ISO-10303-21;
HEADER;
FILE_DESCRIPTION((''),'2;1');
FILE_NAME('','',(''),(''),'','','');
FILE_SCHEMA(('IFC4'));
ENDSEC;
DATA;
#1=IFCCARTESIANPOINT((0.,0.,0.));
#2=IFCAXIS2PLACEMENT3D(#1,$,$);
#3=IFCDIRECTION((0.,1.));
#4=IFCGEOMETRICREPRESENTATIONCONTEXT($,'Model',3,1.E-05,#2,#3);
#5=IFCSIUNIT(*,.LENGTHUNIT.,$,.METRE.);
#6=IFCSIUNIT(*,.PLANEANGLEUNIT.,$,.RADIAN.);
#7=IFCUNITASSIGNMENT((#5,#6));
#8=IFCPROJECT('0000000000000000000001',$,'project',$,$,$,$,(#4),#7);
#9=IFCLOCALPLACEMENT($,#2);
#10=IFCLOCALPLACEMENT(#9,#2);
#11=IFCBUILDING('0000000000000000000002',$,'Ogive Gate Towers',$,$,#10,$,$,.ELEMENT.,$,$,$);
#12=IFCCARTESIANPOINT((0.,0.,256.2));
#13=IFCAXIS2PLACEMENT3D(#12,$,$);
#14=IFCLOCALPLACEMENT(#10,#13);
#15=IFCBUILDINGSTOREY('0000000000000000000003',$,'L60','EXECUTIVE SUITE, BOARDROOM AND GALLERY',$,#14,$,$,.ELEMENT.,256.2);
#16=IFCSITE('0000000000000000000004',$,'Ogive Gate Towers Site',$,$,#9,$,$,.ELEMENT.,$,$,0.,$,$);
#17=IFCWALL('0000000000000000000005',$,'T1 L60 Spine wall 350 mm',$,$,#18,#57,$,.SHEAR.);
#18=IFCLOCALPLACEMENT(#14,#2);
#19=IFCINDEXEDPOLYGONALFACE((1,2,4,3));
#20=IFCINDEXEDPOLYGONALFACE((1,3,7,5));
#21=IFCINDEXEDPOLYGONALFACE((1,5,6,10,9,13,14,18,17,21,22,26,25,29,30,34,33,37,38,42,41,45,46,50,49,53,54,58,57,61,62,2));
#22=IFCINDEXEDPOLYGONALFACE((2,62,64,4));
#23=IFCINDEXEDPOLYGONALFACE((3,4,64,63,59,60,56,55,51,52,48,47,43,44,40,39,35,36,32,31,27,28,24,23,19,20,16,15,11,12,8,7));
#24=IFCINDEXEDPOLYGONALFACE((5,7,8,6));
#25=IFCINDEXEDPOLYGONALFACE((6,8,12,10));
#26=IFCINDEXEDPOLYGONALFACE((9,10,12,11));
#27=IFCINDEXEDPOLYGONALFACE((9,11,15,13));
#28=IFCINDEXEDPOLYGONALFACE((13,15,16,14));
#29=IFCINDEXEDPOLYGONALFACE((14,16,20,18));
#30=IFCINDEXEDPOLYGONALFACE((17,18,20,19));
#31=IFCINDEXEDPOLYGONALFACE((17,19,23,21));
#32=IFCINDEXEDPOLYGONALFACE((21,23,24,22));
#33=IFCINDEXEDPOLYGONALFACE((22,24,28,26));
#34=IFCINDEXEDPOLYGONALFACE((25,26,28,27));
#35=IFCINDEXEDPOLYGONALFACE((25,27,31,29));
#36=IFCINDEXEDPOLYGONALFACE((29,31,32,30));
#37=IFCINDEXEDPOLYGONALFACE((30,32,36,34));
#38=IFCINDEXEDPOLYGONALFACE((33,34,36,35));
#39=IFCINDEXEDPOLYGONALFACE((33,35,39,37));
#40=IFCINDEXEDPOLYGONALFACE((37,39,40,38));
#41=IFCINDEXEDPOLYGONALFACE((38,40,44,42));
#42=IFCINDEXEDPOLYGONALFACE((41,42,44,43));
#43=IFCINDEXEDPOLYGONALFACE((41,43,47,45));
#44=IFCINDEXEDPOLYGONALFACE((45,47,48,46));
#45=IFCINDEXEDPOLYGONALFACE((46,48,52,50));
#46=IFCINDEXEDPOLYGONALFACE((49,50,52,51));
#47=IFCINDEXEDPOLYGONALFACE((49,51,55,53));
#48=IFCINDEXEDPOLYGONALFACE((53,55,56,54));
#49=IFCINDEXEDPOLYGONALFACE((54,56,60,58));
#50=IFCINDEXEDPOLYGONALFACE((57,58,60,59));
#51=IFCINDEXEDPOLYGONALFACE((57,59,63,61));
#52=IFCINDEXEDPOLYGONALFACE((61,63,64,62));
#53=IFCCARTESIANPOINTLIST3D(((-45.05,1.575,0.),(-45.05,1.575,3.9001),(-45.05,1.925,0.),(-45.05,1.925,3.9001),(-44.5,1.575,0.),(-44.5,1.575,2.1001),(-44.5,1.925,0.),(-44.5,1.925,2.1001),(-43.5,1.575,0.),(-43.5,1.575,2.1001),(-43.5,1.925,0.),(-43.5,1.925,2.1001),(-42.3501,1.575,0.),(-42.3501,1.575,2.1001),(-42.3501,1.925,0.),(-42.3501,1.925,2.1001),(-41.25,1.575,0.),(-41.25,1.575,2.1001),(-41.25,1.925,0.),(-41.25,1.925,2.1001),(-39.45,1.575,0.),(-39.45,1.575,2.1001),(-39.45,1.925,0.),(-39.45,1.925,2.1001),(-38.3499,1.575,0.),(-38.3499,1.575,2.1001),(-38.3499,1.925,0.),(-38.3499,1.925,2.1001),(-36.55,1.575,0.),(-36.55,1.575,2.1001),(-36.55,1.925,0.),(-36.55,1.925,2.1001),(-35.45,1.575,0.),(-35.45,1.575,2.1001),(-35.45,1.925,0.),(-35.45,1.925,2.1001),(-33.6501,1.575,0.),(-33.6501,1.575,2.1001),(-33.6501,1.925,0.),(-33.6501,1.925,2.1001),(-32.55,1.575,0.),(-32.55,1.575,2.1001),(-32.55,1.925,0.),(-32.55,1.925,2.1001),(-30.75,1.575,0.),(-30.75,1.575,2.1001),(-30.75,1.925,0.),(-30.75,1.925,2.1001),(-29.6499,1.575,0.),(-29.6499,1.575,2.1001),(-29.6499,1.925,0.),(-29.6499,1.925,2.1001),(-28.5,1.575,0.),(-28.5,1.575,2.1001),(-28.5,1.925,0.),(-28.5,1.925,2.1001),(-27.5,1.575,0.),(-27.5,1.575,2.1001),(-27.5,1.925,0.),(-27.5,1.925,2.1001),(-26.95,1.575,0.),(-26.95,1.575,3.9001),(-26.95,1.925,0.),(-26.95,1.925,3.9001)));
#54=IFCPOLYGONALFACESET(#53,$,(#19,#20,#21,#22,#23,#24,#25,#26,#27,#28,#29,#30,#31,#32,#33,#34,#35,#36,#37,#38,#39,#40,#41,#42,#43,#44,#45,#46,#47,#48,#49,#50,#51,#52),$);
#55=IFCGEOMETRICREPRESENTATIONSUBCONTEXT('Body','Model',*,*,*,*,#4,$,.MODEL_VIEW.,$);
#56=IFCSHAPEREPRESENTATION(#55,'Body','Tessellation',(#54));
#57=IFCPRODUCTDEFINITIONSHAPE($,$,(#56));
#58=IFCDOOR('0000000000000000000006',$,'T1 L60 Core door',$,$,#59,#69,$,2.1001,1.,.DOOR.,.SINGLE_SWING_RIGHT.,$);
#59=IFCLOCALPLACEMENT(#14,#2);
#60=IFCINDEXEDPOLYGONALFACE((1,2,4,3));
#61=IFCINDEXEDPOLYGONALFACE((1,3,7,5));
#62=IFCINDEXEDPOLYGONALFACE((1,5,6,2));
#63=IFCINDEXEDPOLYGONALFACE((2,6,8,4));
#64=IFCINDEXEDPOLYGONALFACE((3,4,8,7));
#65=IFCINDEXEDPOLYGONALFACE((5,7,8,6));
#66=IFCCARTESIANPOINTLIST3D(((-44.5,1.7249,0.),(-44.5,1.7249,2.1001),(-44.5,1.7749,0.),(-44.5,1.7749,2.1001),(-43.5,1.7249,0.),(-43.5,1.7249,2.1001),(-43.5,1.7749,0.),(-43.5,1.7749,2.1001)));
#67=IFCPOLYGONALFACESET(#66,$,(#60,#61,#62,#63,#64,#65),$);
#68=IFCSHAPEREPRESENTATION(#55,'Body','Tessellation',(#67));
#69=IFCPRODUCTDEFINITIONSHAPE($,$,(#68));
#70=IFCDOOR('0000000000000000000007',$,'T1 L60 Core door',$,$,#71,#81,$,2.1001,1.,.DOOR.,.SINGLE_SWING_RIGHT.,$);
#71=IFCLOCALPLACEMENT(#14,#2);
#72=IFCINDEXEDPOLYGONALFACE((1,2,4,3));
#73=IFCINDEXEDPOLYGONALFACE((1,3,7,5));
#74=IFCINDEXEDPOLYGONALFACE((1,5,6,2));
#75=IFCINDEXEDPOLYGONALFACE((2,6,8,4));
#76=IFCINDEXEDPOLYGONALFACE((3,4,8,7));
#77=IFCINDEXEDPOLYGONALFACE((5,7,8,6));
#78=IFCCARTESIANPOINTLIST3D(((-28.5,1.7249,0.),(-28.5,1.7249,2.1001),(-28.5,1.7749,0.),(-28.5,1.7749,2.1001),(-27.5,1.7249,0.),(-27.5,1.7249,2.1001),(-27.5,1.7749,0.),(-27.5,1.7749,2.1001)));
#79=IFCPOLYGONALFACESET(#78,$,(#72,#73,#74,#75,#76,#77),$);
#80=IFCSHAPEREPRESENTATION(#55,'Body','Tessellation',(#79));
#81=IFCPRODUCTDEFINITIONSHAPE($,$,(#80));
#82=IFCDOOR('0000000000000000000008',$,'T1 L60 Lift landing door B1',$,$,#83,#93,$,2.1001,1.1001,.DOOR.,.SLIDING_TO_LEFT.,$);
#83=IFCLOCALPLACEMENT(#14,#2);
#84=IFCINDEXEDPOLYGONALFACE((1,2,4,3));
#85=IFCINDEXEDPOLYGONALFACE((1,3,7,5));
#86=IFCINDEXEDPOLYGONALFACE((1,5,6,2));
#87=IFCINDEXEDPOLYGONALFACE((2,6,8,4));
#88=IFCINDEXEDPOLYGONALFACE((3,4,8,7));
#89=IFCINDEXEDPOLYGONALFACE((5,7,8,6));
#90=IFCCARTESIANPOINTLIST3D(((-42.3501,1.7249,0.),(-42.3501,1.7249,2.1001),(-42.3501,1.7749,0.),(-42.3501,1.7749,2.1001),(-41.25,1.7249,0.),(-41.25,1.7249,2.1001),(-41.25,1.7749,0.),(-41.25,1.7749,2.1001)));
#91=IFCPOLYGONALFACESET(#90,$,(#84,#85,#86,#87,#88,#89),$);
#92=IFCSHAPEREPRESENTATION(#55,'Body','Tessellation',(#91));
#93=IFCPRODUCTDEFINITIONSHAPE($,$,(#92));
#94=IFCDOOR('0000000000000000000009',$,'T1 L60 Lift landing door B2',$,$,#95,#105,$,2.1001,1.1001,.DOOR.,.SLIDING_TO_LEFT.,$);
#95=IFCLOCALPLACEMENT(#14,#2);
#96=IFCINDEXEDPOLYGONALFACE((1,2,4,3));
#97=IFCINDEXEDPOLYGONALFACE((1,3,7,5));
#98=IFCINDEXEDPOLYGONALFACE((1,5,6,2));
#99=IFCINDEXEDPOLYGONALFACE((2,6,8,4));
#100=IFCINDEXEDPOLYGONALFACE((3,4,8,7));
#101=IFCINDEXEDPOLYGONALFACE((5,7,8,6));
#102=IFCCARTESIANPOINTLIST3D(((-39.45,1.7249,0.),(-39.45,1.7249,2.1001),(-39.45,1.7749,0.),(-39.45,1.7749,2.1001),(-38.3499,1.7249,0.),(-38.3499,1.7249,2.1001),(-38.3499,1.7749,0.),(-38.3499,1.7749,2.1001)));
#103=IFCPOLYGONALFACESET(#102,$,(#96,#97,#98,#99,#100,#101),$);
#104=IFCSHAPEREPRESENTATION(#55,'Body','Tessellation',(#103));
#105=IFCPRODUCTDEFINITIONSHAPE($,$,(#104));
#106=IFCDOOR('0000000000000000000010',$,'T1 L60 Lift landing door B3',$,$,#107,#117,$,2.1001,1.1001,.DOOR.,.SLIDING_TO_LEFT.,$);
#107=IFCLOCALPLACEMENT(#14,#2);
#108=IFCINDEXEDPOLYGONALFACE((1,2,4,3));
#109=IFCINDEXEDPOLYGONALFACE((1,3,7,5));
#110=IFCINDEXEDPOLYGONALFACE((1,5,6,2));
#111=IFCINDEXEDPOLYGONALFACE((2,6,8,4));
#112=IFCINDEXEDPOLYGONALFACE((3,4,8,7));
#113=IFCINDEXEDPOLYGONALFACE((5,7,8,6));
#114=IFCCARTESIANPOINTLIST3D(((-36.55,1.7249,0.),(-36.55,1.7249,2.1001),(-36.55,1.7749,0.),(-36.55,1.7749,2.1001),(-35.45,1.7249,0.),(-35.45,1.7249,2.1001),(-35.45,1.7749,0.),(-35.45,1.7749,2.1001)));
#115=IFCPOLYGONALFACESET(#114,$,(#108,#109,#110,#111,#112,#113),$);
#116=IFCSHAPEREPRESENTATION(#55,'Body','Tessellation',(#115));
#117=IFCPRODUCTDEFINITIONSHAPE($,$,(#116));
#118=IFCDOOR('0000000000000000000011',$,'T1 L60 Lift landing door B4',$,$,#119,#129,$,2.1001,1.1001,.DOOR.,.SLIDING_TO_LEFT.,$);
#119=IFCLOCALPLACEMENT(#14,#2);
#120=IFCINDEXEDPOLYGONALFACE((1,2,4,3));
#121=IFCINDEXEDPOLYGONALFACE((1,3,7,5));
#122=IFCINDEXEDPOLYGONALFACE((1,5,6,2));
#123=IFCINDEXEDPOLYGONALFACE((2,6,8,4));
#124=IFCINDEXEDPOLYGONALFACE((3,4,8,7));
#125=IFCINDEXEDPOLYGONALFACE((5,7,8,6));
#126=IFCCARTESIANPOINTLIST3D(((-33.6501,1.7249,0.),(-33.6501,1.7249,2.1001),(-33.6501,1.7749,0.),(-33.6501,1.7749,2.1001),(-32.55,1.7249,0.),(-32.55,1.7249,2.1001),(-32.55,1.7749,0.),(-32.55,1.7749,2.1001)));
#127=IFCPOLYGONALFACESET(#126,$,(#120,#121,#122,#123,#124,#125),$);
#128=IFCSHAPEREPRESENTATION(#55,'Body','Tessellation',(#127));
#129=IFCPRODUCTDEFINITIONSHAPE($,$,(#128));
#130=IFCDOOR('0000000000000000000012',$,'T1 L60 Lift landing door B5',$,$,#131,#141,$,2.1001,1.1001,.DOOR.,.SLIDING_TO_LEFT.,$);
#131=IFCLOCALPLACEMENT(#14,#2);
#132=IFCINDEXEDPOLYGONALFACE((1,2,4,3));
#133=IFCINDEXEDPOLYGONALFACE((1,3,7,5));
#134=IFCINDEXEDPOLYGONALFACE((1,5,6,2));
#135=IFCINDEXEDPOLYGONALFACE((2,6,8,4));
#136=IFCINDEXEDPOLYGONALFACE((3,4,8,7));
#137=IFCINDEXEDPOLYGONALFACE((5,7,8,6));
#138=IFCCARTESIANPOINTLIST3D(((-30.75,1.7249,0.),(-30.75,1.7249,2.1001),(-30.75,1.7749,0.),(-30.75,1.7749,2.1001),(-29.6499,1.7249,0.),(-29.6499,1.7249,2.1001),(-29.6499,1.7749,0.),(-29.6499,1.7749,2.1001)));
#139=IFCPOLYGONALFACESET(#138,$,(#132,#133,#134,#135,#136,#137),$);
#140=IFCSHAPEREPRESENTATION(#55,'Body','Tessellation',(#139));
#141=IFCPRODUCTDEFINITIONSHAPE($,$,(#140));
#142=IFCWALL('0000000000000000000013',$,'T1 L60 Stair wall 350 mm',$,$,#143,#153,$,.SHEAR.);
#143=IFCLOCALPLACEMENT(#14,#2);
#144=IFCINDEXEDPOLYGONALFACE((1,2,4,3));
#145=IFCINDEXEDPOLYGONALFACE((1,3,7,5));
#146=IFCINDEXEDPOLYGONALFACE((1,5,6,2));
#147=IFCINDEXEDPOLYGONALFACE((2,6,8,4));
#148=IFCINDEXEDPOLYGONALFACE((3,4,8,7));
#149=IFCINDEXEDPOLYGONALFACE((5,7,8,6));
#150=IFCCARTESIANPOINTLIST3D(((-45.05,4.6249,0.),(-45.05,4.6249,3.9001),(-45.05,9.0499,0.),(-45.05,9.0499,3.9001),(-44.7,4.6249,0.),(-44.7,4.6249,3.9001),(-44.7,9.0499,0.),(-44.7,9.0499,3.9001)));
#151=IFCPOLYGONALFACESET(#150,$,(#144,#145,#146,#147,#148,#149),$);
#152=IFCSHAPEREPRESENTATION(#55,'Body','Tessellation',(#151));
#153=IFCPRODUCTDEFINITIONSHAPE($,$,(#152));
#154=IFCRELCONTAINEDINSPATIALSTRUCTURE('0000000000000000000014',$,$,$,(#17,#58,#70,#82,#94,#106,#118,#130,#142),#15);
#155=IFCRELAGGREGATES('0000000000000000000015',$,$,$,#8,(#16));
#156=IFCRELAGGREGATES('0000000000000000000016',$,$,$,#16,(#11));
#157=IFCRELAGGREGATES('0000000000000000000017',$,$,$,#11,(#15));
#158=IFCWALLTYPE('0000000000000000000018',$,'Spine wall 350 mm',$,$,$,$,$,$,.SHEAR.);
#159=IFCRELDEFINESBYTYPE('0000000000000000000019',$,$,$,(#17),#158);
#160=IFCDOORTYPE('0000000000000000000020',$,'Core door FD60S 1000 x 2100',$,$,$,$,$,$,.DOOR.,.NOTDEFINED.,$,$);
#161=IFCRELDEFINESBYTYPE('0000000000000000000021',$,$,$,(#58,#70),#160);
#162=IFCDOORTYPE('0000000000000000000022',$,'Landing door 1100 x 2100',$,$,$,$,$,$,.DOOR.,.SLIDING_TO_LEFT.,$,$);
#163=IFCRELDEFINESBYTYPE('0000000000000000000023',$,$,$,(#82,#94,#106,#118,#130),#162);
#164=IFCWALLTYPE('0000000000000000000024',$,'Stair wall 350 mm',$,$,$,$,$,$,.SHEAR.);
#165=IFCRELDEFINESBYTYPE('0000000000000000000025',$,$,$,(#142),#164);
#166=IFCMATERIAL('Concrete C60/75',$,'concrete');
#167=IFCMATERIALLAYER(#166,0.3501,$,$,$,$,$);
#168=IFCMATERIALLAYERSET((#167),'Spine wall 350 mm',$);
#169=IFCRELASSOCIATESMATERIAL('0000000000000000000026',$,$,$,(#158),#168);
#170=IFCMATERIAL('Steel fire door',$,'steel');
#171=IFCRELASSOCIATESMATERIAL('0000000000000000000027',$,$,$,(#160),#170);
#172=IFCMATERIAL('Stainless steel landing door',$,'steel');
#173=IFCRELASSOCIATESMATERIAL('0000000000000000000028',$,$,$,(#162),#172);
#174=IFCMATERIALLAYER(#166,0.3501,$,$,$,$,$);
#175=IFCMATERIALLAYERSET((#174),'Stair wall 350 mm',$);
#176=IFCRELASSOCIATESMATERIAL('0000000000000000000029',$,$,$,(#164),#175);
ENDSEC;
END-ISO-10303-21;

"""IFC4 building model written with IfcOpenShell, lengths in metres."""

from ifc_helpers import new_model, si_unit, direction, frame, frame_2d, origin, place, context, subcontext, project, spatial, rectangle, extrude, material, layer, layer_set, type_object, element, fill, save


model = new_model("IFC4")

# Units and contexts
model_context = context("Model", 3, precision=1e-05, world=origin(), true_north=direction((0.0, 1.0)))
body_context = subcontext(model_context, "Body", "Model", "MODEL_VIEW")
ifc_project = project(units=[si_unit("LENGTHUNIT", "METRE"), si_unit("PLANEANGLEUNIT", "RADIAN")], contexts=[model_context])

# Site, building, storey
site_placement = place(None, origin())
site = spatial("IfcSite", under=ifc_project, at=site_placement, Name="Ogive Gate Towers Site", CompositionType="ELEMENT", RefElevation=0.0)
building_placement = place(site_placement, origin())
building = spatial("IfcBuilding", under=site, at=building_placement, Name="Ogive Gate Towers", CompositionType="ELEMENT")
storey_placement = place(building_placement, frame((0.0, 0.0, 256.2)))
storey = spatial("IfcBuildingStorey", under=building, at=storey_placement, Name="L60", Description="EXECUTIVE SUITE, BOARDROOM AND GALLERY", CompositionType="ELEMENT", Elevation=256.2)

# Shared definitions
ifc_material_1 = material(Name="Concrete C60/75", Category="concrete")

# Shared definitions
ifc_material_2 = material(Name="Steel fire door", Category="steel")

# Wall, openings, doors
ifc_layer_1 = layer(ifc_material_1, 0.3501)
ifc_layer_set_1 = layer_set([ifc_layer_1], Name="Spine wall 350 mm")
wall_type_1 = type_object("IfcWallType", Name="Spine wall 350 mm", PredefinedType="SHEAR", material=ifc_layer_set_1)
wall_1_placement = place(storey_placement, frame((-45.05, 1.75, 0.0), z_axis=(0.0, 0.0, 1.0), x_axis=(1.0, 0.0, 0.0)))
wall_1 = element("IfcWall", 1, at=wall_1_placement, inside=storey, type_object=wall_type_1, Name="T1 L60 Spine wall 350 mm", PredefinedType="SHEAR", context=body_context, shape_type="SweptSolid", body=[
    extrude(rectangle(XDim=18.1001, YDim=0.3501, at=frame_2d((9.05, 0.0))), origin(), (0.0, 0.0, 1.0), 3.9001),
])
opening_1_placement = place(wall_1_placement, frame((0.55, 0.0, 0.0)))
opening_1 = element("IfcOpeningElement", 2, at=opening_1_placement, cuts=wall_1, PredefinedType="OPENING", context=body_context, shape_type="SweptSolid", body=[
    extrude(rectangle(XDim=1.0, YDim=2.1001, at=frame_2d((0.5, 1.05))), frame((0.0, 0.1851, 0.0), z_axis=(0.0, -1.0, 0.0), x_axis=(1.0, 0.0, 0.0)), (0.0, 0.0, 1.0), 0.3701),
])
opening_2_placement = place(wall_1_placement, frame((2.7, 0.0, 0.0)))
opening_2 = element("IfcOpeningElement", 3, at=opening_2_placement, cuts=wall_1, PredefinedType="OPENING", context=body_context, shape_type="SweptSolid", body=[
    extrude(rectangle(XDim=1.1001, YDim=2.1001, at=frame_2d((0.55, 1.05))), frame((0.0, 0.1851, 0.0), z_axis=(0.0, -1.0, 0.0), x_axis=(1.0, 0.0, 0.0)), (0.0, 0.0, 1.0), 0.3701),
])
opening_3_placement = place(wall_1_placement, frame((5.6001, 0.0, 0.0)))
opening_3 = element("IfcOpeningElement", 4, at=opening_3_placement, cuts=wall_1, PredefinedType="OPENING", context=body_context, shape_type="SweptSolid", body=[
    extrude(rectangle(XDim=1.1001, YDim=2.1001, at=frame_2d((0.55, 1.05))), frame((0.0, 0.1851, 0.0), z_axis=(0.0, -1.0, 0.0), x_axis=(1.0, 0.0, 0.0)), (0.0, 0.0, 1.0), 0.3701),
])
opening_4_placement = place(wall_1_placement, frame((8.5, 0.0, 0.0)))
opening_4 = element("IfcOpeningElement", 5, at=opening_4_placement, cuts=wall_1, PredefinedType="OPENING", context=body_context, shape_type="SweptSolid", body=[
    extrude(rectangle(XDim=1.1001, YDim=2.1001, at=frame_2d((0.55, 1.05))), frame((0.0, 0.1851, 0.0), z_axis=(0.0, -1.0, 0.0), x_axis=(1.0, 0.0, 0.0)), (0.0, 0.0, 1.0), 0.3701),
])
opening_5_placement = place(wall_1_placement, frame((11.3999, 0.0, 0.0)))
opening_5 = element("IfcOpeningElement", 6, at=opening_5_placement, cuts=wall_1, PredefinedType="OPENING", context=body_context, shape_type="SweptSolid", body=[
    extrude(rectangle(XDim=1.1001, YDim=2.1001, at=frame_2d((0.55, 1.05))), frame((0.0, 0.1851, 0.0), z_axis=(0.0, -1.0, 0.0), x_axis=(1.0, 0.0, 0.0)), (0.0, 0.0, 1.0), 0.3701),
])
opening_6_placement = place(wall_1_placement, frame((14.3, 0.0, 0.0)))
opening_6 = element("IfcOpeningElement", 7, at=opening_6_placement, cuts=wall_1, PredefinedType="OPENING", context=body_context, shape_type="SweptSolid", body=[
    extrude(rectangle(XDim=1.1001, YDim=2.1001, at=frame_2d((0.55, 1.05))), frame((0.0, 0.1851, 0.0), z_axis=(0.0, -1.0, 0.0), x_axis=(1.0, 0.0, 0.0)), (0.0, 0.0, 1.0), 0.3701),
])
opening_7_placement = place(wall_1_placement, frame((16.55, 0.0, 0.0)))
opening_7 = element("IfcOpeningElement", 8, at=opening_7_placement, cuts=wall_1, PredefinedType="OPENING", context=body_context, shape_type="SweptSolid", body=[
    extrude(rectangle(XDim=1.0, YDim=2.1001, at=frame_2d((0.5, 1.05))), frame((0.0, 0.1851, 0.0), z_axis=(0.0, -1.0, 0.0), x_axis=(1.0, 0.0, 0.0)), (0.0, 0.0, 1.0), 0.3701),
])
door_type_1 = type_object("IfcDoorType", Name="Core door FD60S 1000 x 2100", OperationType="NOTDEFINED", PredefinedType="DOOR", material=ifc_material_2)
door_1_placement = place(opening_1_placement, origin())
door_1 = element("IfcDoor", 9, at=door_1_placement, inside=storey, type_object=door_type_1, Name="T1 L60 Core door", OperationType="SINGLE_SWING_RIGHT", OverallHeight=2.1001, OverallWidth=1.0, PredefinedType="DOOR", context=body_context, shape_type="SweptSolid", body=[
    extrude(rectangle(XDim=1.0, YDim=2.1001, at=frame_2d((0.5, 1.05))), frame((0.0, 0.0249, 0.0), z_axis=(0.0, -1.0, 0.0), x_axis=(1.0, 0.0, 0.0)), (0.0, 0.0, 1.0), 0.05),
])
fill(opening_1, door_1)
door_2_placement = place(opening_7_placement, origin())
door_2 = element("IfcDoor", 10, at=door_2_placement, inside=storey, type_object=door_type_1, Name="T1 L60 Core door", OperationType="SINGLE_SWING_RIGHT", OverallHeight=2.1001, OverallWidth=1.0, PredefinedType="DOOR", context=body_context, shape_type="SweptSolid", body=[
    extrude(rectangle(XDim=1.0, YDim=2.1001, at=frame_2d((0.5, 1.05))), frame((0.0, 0.0249, 0.0), z_axis=(0.0, -1.0, 0.0), x_axis=(1.0, 0.0, 0.0)), (0.0, 0.0, 1.0), 0.05),
])
fill(opening_7, door_2)
ifc_material_3 = material(Name="Stainless steel landing door", Category="steel")
door_type_2 = type_object("IfcDoorType", Name="Landing door 1100 x 2100", OperationType="SLIDING_TO_LEFT", PredefinedType="DOOR", material=ifc_material_3)
door_3_placement = place(opening_2_placement, origin())
door_3 = element("IfcDoor", 11, at=door_3_placement, inside=storey, type_object=door_type_2, Name="T1 L60 Lift landing door B1", OperationType="SLIDING_TO_LEFT", OverallHeight=2.1001, OverallWidth=1.1001, PredefinedType="DOOR", context=body_context, shape_type="SweptSolid", body=[
    extrude(rectangle(XDim=1.1001, YDim=2.1001, at=frame_2d((0.55, 1.05))), frame((0.0, 0.0249, 0.0), z_axis=(0.0, -1.0, 0.0), x_axis=(1.0, 0.0, 0.0)), (0.0, 0.0, 1.0), 0.05),
])
fill(opening_2, door_3)
door_4_placement = place(opening_3_placement, origin())
door_4 = element("IfcDoor", 12, at=door_4_placement, inside=storey, type_object=door_type_2, Name="T1 L60 Lift landing door B2", OperationType="SLIDING_TO_LEFT", OverallHeight=2.1001, OverallWidth=1.1001, PredefinedType="DOOR", context=body_context, shape_type="SweptSolid", body=[
    extrude(rectangle(XDim=1.1001, YDim=2.1001, at=frame_2d((0.55, 1.05))), frame((0.0, 0.0249, 0.0), z_axis=(0.0, -1.0, 0.0), x_axis=(1.0, 0.0, 0.0)), (0.0, 0.0, 1.0), 0.05),
])
fill(opening_3, door_4)
door_5_placement = place(opening_4_placement, origin())
door_5 = element("IfcDoor", 13, at=door_5_placement, inside=storey, type_object=door_type_2, Name="T1 L60 Lift landing door B3", OperationType="SLIDING_TO_LEFT", OverallHeight=2.1001, OverallWidth=1.1001, PredefinedType="DOOR", context=body_context, shape_type="SweptSolid", body=[
    extrude(rectangle(XDim=1.1001, YDim=2.1001, at=frame_2d((0.55, 1.05))), frame((0.0, 0.0249, 0.0), z_axis=(0.0, -1.0, 0.0), x_axis=(1.0, 0.0, 0.0)), (0.0, 0.0, 1.0), 0.05),
])
fill(opening_4, door_5)
door_6_placement = place(opening_5_placement, origin())
door_6 = element("IfcDoor", 14, at=door_6_placement, inside=storey, type_object=door_type_2, Name="T1 L60 Lift landing door B4", OperationType="SLIDING_TO_LEFT", OverallHeight=2.1001, OverallWidth=1.1001, PredefinedType="DOOR", context=body_context, shape_type="SweptSolid", body=[
    extrude(rectangle(XDim=1.1001, YDim=2.1001, at=frame_2d((0.55, 1.05))), frame((0.0, 0.0249, 0.0), z_axis=(0.0, -1.0, 0.0), x_axis=(1.0, 0.0, 0.0)), (0.0, 0.0, 1.0), 0.05),
])
fill(opening_5, door_6)
door_7_placement = place(opening_6_placement, origin())
door_7 = element("IfcDoor", 15, at=door_7_placement, inside=storey, type_object=door_type_2, Name="T1 L60 Lift landing door B5", OperationType="SLIDING_TO_LEFT", OverallHeight=2.1001, OverallWidth=1.1001, PredefinedType="DOOR", context=body_context, shape_type="SweptSolid", body=[
    extrude(rectangle(XDim=1.1001, YDim=2.1001, at=frame_2d((0.55, 1.05))), frame((0.0, 0.0249, 0.0), z_axis=(0.0, -1.0, 0.0), x_axis=(1.0, 0.0, 0.0)), (0.0, 0.0, 1.0), 0.05),
])
fill(opening_6, door_7)

# Wall
ifc_layer_2 = layer(ifc_material_1, 0.3501)
ifc_layer_set_2 = layer_set([ifc_layer_2], Name="Stair wall 350 mm")
wall_type_2 = type_object("IfcWallType", Name="Stair wall 350 mm", PredefinedType="SHEAR", material=ifc_layer_set_2)
wall_2_placement = place(storey_placement, frame((-44.875, 4.625, 0.0), z_axis=(0.0, 0.0, 1.0), x_axis=(0.0, 1.0, 0.0)))
element("IfcWall", 16, at=wall_2_placement, inside=storey, type_object=wall_type_2, Name="T1 L60 Stair wall 350 mm", PredefinedType="SHEAR", context=body_context, shape_type="SweptSolid", body=[
    extrude(rectangle(XDim=4.425, YDim=0.3501, at=frame_2d((2.2124, 0.0))), origin(), (0.0, 0.0, 1.0), 3.9001),
])

save(model, "model.ifc")
